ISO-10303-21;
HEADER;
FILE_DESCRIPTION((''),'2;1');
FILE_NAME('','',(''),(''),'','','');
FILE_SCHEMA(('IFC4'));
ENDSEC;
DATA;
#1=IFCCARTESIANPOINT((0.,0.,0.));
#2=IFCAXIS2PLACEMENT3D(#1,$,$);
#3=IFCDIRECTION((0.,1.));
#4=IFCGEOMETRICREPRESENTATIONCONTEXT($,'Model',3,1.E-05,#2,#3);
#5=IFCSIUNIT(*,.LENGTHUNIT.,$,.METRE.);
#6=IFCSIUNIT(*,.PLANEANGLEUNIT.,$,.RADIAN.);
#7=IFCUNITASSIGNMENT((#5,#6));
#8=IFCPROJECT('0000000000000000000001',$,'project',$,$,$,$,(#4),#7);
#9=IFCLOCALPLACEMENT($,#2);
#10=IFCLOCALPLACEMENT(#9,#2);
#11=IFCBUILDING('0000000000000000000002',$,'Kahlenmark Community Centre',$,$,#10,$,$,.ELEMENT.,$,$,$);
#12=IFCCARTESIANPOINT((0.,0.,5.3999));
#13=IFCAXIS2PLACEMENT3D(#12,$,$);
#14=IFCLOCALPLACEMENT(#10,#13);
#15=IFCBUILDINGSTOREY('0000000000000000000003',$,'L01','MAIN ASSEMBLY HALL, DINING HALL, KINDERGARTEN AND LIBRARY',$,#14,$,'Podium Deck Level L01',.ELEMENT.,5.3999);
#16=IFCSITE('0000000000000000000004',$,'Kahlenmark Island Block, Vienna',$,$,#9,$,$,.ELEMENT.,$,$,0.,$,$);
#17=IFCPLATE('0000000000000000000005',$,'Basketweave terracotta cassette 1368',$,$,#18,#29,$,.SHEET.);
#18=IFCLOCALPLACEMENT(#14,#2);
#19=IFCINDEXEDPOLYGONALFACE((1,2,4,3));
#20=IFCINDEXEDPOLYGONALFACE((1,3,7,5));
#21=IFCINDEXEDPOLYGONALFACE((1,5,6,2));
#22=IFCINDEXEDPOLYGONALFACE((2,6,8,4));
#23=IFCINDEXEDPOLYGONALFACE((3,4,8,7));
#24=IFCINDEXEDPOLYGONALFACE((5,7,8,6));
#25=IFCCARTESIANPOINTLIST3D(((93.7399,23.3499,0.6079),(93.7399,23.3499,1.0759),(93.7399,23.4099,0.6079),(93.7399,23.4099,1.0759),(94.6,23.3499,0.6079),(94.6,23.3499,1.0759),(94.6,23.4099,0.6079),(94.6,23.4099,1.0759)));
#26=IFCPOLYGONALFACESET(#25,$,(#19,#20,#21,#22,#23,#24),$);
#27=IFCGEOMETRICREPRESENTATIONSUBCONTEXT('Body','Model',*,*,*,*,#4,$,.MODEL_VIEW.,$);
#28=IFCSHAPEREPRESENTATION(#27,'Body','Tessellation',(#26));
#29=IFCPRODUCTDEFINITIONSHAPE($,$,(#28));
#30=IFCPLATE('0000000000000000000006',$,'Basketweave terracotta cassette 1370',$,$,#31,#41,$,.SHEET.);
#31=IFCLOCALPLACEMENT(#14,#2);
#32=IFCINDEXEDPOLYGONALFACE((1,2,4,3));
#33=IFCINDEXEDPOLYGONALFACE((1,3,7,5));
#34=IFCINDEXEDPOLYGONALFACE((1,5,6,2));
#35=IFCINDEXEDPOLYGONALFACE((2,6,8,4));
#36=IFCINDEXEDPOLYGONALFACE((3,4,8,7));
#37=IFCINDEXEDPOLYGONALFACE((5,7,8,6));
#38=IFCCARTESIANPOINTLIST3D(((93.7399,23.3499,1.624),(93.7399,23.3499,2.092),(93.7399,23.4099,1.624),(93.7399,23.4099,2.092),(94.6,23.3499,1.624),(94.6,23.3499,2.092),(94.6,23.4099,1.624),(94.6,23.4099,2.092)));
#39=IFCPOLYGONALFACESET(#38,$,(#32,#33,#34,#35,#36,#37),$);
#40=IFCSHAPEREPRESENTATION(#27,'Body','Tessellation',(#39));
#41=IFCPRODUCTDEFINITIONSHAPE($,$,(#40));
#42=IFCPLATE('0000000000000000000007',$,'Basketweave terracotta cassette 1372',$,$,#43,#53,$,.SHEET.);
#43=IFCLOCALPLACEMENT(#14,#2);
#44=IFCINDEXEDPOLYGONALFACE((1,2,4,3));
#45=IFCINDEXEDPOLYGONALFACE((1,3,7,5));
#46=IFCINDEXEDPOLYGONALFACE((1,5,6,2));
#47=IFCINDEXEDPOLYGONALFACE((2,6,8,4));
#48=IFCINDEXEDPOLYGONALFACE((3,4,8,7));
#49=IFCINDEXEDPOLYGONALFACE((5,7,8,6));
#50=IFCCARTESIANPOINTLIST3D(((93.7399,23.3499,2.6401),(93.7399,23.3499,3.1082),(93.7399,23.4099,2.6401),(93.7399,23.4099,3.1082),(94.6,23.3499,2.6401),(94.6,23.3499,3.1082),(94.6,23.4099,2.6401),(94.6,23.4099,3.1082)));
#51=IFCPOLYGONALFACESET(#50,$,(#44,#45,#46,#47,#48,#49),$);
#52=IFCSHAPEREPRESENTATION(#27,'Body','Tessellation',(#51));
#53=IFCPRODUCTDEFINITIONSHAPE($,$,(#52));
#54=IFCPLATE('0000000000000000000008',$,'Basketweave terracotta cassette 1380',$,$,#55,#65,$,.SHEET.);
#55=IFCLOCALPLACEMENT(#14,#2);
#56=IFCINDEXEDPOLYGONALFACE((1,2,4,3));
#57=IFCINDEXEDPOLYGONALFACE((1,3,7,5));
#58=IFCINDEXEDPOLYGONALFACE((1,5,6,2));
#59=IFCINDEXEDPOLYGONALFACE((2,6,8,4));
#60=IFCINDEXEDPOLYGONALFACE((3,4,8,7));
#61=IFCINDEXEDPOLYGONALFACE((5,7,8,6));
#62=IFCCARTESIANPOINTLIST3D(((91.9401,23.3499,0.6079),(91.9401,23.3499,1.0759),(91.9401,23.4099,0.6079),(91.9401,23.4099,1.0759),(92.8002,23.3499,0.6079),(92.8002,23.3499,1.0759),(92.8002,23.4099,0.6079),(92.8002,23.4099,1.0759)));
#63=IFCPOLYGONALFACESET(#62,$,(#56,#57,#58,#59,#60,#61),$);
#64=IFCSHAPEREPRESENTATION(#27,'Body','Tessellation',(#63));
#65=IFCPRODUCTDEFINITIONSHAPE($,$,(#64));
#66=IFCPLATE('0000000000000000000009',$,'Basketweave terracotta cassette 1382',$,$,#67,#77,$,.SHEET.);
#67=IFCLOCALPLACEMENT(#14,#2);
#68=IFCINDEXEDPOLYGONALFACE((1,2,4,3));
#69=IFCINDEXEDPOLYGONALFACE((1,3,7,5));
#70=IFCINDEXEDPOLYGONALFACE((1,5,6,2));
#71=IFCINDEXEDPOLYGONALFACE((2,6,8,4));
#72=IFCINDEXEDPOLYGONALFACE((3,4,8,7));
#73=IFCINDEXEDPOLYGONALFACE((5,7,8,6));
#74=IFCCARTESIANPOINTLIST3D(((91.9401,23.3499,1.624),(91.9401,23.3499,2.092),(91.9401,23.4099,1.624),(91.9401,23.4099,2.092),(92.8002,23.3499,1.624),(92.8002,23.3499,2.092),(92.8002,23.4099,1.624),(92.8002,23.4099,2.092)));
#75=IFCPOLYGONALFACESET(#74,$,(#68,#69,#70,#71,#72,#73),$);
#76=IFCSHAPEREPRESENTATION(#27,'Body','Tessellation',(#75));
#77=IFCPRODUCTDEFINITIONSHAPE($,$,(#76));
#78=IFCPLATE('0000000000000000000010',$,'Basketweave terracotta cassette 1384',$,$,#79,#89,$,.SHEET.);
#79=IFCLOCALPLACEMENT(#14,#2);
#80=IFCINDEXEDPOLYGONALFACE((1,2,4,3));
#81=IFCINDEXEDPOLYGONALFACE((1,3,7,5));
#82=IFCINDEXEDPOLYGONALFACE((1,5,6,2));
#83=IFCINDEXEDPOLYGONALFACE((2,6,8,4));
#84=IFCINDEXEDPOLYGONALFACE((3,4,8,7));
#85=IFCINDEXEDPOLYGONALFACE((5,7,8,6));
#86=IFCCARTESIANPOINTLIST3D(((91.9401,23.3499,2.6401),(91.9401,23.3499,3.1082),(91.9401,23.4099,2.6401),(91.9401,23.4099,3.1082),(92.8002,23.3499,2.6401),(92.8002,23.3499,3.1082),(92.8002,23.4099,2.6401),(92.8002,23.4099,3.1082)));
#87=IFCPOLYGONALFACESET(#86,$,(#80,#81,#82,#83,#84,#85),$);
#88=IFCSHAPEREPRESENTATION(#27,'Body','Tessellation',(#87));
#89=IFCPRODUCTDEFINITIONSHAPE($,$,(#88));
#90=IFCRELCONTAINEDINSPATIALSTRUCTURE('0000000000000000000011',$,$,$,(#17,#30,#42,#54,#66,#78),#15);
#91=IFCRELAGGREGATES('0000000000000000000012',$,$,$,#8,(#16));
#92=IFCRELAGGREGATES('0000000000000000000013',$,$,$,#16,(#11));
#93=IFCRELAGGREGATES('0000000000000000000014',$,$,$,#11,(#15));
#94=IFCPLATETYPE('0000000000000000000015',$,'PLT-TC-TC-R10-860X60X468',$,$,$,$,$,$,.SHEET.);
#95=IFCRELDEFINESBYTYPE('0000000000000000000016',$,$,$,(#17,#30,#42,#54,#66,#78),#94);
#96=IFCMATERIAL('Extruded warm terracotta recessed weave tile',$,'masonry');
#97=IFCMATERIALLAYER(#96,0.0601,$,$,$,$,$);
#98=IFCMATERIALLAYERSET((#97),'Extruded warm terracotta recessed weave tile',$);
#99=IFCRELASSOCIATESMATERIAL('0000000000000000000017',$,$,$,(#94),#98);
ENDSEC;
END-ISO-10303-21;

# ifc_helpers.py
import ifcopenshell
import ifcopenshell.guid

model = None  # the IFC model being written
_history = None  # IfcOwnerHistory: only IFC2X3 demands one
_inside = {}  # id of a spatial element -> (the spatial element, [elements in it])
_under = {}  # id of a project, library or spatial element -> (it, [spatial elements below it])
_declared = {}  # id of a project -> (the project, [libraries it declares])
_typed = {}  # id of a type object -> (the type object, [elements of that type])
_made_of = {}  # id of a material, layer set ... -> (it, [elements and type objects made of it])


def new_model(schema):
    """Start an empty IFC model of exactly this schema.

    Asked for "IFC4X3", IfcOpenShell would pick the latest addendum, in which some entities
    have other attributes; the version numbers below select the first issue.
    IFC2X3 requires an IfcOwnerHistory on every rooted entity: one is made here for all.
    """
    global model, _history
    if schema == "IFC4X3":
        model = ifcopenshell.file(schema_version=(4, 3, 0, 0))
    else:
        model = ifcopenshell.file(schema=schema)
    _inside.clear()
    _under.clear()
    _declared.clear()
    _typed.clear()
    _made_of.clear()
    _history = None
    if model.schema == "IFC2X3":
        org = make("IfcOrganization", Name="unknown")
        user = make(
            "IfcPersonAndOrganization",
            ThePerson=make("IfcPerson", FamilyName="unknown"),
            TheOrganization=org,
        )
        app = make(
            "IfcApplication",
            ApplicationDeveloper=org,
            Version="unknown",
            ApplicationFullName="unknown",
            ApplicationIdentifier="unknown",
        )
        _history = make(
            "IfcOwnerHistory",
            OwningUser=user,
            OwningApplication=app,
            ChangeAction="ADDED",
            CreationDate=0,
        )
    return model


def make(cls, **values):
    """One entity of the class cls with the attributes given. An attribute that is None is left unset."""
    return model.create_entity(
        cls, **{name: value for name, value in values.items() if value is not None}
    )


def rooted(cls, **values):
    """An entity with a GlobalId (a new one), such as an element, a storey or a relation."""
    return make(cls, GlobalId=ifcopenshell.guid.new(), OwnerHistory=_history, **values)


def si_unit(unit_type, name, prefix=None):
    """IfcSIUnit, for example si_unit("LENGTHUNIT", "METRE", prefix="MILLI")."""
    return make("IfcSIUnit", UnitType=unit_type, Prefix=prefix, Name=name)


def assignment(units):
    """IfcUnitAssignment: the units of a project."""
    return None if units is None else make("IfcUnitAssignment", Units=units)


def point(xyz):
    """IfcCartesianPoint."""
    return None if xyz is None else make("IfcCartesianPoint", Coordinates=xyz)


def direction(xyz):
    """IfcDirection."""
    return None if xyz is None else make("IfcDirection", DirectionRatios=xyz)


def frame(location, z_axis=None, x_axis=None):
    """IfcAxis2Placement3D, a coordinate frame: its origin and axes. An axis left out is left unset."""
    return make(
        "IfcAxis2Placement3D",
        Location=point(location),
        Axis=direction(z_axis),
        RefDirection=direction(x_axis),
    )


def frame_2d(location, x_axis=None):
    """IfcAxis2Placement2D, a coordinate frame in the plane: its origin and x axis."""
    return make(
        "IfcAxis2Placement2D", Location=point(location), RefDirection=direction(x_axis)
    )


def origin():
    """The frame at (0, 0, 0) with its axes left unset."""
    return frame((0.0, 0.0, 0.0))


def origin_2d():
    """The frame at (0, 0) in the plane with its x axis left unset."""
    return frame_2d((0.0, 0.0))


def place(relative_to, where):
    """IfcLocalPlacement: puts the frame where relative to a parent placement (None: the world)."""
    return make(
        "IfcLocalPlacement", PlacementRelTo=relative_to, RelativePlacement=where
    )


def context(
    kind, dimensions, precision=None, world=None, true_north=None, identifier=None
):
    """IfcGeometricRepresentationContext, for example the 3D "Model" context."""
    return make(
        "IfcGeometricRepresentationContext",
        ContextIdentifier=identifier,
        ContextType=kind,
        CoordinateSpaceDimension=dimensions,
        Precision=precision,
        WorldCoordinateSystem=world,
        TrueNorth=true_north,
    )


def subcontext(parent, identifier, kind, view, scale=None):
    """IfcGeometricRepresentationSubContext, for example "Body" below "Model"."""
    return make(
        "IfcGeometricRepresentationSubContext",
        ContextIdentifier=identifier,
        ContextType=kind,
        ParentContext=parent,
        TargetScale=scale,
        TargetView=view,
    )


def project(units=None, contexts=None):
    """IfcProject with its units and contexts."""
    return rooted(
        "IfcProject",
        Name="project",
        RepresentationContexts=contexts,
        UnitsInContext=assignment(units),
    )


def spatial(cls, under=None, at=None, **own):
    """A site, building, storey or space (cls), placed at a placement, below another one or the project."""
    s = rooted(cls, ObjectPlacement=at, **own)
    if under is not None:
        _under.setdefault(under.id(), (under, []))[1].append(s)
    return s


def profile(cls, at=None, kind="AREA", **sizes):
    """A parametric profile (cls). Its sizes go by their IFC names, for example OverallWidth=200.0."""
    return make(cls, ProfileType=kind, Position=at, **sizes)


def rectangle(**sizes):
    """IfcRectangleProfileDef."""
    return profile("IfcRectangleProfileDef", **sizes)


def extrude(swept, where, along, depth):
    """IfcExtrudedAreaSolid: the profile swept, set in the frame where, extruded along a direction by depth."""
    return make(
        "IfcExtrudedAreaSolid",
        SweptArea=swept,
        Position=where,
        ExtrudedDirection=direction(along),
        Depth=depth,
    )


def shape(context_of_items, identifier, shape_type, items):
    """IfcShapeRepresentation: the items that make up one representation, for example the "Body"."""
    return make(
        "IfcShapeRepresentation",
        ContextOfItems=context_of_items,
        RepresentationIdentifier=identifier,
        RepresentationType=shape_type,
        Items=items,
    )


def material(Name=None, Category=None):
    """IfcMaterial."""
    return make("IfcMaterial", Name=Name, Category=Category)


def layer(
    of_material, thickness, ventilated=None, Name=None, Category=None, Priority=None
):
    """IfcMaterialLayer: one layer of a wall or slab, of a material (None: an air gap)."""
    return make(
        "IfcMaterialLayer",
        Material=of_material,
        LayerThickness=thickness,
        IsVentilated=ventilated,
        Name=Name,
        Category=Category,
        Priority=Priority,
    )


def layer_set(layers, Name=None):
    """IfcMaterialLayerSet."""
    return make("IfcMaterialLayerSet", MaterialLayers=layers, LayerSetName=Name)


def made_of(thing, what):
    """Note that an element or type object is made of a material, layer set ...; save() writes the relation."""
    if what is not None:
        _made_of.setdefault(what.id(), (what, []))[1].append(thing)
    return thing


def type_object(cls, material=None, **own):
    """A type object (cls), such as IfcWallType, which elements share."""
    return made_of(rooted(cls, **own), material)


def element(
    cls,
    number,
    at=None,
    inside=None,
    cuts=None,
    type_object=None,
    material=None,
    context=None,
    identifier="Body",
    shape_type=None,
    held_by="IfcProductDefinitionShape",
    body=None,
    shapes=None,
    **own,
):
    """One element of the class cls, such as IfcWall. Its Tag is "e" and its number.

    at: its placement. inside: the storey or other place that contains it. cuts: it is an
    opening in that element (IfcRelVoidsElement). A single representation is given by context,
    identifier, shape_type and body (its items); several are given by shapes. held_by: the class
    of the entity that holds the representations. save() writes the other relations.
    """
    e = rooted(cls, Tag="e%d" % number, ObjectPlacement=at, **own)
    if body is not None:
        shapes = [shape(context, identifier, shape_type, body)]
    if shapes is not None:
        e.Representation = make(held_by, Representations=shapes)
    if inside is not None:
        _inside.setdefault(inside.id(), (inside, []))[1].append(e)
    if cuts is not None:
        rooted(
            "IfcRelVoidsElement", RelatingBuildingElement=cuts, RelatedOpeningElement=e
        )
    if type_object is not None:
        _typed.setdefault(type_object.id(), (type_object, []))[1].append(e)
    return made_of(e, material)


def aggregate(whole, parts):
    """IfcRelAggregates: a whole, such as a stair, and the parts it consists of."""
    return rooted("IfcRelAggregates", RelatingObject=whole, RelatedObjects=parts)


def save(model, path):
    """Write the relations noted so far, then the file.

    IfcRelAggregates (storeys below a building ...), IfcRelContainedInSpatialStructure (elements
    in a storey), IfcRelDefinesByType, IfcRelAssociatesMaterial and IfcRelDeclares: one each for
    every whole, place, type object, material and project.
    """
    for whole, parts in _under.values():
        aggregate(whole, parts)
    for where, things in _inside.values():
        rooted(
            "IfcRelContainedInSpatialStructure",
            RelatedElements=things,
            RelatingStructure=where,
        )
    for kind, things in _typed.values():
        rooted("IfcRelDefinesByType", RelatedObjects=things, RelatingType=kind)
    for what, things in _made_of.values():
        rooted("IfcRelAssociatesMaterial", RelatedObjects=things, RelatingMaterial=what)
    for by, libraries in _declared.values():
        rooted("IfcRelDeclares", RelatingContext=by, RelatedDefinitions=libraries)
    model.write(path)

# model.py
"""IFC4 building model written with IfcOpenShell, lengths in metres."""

from ifc_helpers import new_model, si_unit, direction, frame, origin, origin_2d, place, context, subcontext, project, spatial, rectangle, extrude, material, layer, layer_set, type_object, element, save


model = new_model("IFC4")

# Units and contexts
model_context = context("Model", 3, precision=1e-05, world=origin(), true_north=direction((0.0, 1.0)))
body_context = subcontext(model_context, "Body", "Model", "MODEL_VIEW")
ifc_project = project(units=[si_unit("LENGTHUNIT", "METRE"), si_unit("PLANEANGLEUNIT", "RADIAN")], contexts=[model_context])

# Site, building, storey
site_placement = place(None, origin())
site = spatial("IfcSite", under=ifc_project, at=site_placement, Name="Kahlenmark Island Block, Vienna", CompositionType="ELEMENT", RefElevation=0.0)
building_placement = place(site_placement, origin())
building = spatial("IfcBuilding", under=site, at=building_placement, Name="Kahlenmark Community Centre", CompositionType="ELEMENT")
storey_placement = place(building_placement, frame((0.0, 0.0, 5.3999)))
storey = spatial("IfcBuildingStorey", under=building, at=storey_placement, Name="L01", Description="MAIN ASSEMBLY HALL, DINING HALL, KINDERGARTEN AND LIBRARY", LongName="Podium Deck Level L01", CompositionType="ELEMENT", Elevation=5.3999)

# Plates
ifc_material_1 = material(Name="Extruded warm terracotta recessed weave tile", Category="masonry")
ifc_layer_1 = layer(ifc_material_1, 0.0601)
ifc_layer_set_1 = layer_set([ifc_layer_1], Name="Extruded warm terracotta recessed weave tile")
plate_type_1 = type_object("IfcPlateType", Name="PLT-TC-TC-R10-860X60X468", PredefinedType="SHEET", material=ifc_layer_set_1)
for number, where, z_axis, x_axis, name in (
    (1, (94.1699, 23.3799, 0.6079), (0.0, 0.0, 1.0), (-1.0, 0.0, 0.0), "Basketweave terracotta cassette 1368"),
    (2, (94.1699, 23.3799, 1.624), (0.0, 0.0, 1.0), (-1.0, 0.0, 0.0), "Basketweave terracotta cassette 1370"),
    (3, (94.1699, 23.3799, 2.6401), (0.0, 0.0, 1.0), (-1.0, 0.0, 0.0), "Basketweave terracotta cassette 1372"),
    (4, (92.3701, 23.3799, 0.6079), (0.0, 0.0, 1.0), (-1.0, 0.0, 0.0), "Basketweave terracotta cassette 1380"),
    (5, (92.3701, 23.3799, 1.624), (0.0, 0.0, 1.0), (-1.0, 0.0, 0.0), "Basketweave terracotta cassette 1382"),
    (6, (92.3701, 23.3799, 2.6401), (0.0, 0.0, 1.0), (-1.0, 0.0, 0.0), "Basketweave terracotta cassette 1384"),
):
    element("IfcPlate", number, at=place(storey_placement, frame(where, z_axis=z_axis, x_axis=x_axis)), inside=storey, type_object=plate_type_1, Name=name, PredefinedType="SHEET", context=body_context, shape_type="SweptSolid", body=[
        extrude(rectangle(XDim=0.8601, YDim=0.0601, at=origin_2d()), origin(), (0.0, 0.0, 1.0), 0.468),
    ])

save(model, "model.ifc")
